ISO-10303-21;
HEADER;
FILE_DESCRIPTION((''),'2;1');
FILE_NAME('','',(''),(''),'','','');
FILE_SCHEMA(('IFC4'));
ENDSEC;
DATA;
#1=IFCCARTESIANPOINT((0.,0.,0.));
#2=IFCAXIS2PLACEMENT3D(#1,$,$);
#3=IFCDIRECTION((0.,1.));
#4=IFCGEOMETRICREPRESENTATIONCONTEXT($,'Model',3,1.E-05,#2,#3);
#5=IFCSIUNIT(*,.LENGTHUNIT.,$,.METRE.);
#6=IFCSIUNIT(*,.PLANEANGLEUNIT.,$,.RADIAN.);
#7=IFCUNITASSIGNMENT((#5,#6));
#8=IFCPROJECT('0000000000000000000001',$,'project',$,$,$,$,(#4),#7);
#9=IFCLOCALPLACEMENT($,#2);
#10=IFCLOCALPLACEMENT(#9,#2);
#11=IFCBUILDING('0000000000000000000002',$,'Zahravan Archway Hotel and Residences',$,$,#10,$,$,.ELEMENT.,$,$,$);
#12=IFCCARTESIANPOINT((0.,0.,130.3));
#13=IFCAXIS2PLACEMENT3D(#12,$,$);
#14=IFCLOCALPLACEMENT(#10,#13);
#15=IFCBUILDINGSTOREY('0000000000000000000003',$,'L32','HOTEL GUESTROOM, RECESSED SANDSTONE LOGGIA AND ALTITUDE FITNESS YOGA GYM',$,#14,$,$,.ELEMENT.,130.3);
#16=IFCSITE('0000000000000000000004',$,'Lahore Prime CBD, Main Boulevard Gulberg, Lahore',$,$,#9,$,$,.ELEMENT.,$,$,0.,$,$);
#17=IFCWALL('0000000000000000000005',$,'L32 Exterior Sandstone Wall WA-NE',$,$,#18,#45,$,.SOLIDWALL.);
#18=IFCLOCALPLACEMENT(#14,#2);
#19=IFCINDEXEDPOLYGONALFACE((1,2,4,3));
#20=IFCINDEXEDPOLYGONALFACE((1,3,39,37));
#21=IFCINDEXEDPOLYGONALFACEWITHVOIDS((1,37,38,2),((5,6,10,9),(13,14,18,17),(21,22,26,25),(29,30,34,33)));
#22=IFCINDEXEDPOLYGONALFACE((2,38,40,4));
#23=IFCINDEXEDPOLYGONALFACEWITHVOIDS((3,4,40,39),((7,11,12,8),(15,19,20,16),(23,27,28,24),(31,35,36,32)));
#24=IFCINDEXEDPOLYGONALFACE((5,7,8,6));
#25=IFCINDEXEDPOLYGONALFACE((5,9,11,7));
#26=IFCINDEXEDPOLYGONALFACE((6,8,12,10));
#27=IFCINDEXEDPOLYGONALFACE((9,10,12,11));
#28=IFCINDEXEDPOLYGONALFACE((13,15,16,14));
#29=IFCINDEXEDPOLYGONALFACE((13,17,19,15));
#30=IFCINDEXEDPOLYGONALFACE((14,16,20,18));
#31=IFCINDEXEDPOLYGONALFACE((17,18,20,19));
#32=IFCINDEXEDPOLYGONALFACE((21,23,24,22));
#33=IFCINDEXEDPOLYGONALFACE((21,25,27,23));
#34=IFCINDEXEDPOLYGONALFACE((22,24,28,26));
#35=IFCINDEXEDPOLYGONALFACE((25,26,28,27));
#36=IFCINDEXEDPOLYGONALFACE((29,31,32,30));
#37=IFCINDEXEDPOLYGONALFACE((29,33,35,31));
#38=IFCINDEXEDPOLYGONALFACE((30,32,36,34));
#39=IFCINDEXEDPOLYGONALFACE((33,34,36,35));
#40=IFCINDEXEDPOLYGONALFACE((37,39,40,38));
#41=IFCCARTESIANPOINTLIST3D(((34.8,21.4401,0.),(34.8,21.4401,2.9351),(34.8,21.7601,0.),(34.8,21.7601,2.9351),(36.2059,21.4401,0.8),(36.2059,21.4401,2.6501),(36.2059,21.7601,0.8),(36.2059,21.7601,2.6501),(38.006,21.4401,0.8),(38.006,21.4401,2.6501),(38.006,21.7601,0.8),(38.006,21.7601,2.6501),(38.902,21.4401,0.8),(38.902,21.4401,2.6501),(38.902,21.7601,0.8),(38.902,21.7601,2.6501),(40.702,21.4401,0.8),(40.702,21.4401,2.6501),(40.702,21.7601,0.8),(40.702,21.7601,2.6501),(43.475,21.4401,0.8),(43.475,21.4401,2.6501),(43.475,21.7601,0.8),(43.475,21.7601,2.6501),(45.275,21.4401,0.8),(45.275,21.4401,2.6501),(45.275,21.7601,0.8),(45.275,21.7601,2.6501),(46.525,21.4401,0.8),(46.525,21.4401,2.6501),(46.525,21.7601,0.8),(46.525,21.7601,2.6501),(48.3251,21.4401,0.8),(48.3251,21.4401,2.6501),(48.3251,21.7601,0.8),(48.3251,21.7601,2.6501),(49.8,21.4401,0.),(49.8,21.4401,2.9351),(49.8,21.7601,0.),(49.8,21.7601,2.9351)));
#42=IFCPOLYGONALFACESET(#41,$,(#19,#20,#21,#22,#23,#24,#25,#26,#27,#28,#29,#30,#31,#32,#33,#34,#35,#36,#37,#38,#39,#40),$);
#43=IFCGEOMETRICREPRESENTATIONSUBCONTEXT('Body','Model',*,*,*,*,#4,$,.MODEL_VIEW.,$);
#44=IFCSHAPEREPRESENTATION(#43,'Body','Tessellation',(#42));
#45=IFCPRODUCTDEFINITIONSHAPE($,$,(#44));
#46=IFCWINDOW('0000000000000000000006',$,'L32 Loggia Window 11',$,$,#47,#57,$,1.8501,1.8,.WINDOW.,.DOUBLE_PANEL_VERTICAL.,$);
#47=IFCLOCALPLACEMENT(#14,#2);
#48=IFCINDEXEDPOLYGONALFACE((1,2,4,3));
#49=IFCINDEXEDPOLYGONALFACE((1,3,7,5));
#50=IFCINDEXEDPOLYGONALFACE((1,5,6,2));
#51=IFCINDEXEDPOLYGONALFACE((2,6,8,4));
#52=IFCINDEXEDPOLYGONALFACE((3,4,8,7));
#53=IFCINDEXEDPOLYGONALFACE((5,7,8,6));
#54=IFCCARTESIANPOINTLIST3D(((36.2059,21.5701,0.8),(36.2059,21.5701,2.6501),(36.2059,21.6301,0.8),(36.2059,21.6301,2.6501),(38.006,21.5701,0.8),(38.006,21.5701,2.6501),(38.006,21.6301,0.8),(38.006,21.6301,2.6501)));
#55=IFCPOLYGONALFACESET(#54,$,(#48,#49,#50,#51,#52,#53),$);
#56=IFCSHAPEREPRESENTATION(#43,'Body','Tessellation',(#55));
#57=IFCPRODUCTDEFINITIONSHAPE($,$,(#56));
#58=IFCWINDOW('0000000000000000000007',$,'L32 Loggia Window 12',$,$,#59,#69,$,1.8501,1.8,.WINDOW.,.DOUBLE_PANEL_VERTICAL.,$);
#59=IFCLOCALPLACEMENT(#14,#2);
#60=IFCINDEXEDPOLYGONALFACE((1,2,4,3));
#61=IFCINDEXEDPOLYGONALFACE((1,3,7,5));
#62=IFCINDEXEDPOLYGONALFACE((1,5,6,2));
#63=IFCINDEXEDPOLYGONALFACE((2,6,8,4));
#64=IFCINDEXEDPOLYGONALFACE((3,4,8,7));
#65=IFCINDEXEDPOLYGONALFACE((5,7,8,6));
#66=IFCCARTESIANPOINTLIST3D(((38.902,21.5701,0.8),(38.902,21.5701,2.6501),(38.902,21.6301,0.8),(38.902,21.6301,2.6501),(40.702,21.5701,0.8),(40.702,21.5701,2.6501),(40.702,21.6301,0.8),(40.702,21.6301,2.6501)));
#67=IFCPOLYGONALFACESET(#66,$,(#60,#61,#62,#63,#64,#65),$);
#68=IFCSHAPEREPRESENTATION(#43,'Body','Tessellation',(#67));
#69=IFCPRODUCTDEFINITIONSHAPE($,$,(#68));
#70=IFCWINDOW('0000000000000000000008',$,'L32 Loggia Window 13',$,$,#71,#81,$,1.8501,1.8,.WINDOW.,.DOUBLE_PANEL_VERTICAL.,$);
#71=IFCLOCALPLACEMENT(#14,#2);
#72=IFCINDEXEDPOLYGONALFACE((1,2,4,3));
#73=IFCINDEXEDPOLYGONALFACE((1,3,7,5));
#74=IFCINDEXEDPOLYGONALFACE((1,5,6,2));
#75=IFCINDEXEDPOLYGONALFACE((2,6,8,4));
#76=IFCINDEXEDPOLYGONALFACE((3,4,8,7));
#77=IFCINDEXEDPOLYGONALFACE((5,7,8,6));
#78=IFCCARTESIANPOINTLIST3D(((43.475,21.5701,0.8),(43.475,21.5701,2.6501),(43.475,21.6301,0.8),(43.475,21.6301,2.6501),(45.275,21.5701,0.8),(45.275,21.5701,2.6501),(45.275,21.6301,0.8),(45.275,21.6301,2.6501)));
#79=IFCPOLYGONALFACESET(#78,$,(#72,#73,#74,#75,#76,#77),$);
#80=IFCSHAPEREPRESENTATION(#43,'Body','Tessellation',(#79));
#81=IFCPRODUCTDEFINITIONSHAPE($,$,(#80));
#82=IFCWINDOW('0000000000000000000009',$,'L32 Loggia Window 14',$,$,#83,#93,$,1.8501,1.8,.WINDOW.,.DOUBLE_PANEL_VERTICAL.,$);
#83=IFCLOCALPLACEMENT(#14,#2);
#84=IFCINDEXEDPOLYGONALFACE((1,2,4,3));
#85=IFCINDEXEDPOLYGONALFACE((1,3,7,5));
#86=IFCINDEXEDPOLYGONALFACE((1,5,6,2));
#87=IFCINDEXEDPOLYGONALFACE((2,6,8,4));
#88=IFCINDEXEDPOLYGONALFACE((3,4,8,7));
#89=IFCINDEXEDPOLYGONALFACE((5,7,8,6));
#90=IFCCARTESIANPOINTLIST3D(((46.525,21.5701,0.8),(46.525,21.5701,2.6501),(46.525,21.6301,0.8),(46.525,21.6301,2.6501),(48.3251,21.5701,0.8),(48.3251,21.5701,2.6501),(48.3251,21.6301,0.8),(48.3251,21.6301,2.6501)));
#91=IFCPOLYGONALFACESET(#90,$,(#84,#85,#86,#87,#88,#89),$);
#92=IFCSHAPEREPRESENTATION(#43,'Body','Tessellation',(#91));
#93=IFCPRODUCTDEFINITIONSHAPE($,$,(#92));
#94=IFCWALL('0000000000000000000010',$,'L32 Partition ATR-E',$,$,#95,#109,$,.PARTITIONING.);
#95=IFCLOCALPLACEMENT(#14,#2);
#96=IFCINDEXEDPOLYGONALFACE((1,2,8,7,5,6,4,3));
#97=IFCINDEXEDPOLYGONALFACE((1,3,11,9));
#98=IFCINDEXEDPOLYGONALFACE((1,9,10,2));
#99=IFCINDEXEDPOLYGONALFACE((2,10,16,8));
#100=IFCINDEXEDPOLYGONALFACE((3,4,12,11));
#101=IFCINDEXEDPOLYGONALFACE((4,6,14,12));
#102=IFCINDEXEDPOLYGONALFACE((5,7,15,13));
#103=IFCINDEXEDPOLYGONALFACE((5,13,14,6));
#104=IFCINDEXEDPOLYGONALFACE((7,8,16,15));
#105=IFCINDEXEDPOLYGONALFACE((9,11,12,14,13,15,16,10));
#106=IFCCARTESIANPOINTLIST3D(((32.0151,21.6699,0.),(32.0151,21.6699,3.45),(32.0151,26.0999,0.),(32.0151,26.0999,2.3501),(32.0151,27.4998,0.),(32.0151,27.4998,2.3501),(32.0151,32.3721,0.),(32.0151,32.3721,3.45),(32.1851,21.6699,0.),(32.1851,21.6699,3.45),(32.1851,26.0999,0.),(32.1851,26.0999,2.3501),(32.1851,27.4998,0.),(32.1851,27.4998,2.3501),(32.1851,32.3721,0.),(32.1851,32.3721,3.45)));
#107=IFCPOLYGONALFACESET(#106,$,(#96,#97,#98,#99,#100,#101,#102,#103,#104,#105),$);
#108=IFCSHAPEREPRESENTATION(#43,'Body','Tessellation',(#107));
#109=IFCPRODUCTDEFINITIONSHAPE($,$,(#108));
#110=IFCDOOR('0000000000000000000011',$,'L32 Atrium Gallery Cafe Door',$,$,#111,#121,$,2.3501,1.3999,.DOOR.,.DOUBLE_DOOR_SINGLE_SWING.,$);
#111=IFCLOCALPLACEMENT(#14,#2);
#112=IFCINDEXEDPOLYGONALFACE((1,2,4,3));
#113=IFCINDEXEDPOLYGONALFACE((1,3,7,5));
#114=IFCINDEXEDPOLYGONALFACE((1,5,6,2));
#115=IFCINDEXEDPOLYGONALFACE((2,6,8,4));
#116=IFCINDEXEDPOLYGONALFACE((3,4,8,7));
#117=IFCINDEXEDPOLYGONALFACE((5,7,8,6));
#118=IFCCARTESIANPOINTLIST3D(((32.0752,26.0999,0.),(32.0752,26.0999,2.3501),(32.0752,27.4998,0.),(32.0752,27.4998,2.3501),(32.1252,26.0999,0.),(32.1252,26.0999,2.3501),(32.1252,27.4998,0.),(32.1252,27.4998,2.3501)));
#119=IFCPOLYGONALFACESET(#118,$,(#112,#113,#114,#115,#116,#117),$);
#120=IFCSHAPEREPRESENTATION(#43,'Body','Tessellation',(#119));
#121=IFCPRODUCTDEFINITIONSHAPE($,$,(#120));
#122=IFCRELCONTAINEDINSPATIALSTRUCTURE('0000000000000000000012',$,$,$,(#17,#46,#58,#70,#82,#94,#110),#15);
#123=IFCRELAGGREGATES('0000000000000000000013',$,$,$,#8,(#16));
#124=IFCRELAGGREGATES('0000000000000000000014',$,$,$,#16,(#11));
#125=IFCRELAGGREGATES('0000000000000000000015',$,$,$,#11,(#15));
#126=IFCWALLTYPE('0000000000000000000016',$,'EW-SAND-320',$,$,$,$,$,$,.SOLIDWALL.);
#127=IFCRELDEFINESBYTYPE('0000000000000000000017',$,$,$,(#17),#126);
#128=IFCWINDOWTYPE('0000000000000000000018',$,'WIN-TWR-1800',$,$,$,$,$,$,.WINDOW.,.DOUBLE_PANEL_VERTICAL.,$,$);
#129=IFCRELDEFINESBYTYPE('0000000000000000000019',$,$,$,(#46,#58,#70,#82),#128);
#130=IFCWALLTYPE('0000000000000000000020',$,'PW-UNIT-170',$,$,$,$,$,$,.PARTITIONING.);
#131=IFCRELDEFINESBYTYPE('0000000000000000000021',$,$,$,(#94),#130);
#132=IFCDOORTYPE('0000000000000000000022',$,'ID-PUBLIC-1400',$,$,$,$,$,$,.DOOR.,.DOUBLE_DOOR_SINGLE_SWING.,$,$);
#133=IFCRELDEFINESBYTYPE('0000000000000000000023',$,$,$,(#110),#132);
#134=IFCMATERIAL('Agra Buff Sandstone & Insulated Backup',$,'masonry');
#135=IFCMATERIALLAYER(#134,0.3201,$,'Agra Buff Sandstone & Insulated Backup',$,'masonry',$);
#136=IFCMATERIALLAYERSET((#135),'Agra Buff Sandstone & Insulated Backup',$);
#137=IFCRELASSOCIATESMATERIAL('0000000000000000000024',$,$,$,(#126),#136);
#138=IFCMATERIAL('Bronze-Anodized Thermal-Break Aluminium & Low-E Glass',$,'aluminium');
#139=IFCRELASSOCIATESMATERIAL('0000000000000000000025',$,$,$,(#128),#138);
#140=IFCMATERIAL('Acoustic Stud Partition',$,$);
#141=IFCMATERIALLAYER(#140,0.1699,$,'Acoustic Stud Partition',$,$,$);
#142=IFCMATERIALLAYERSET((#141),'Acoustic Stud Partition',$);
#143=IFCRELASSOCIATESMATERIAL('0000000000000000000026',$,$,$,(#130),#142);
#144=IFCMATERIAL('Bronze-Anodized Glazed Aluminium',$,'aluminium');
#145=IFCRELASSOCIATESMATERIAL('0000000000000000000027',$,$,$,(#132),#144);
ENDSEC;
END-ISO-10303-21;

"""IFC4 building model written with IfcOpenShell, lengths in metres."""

from ifc_helpers import new_model, si_unit, direction, frame, frame_2d, origin, place, context, subcontext, project, spatial, rectangle, extrude, source, transform, mapped, material, layer, layer_set, type_object, type_shapes, element, fill, save


model = new_model("IFC4")

# Units and contexts
model_context = context("Model", 3, precision=1e-05, world=origin(), true_north=direction((0.0, 1.0)))
body_context = subcontext(model_context, "Body", "Model", "MODEL_VIEW")
ifc_project = project(units=[si_unit("LENGTHUNIT", "METRE"), si_unit("PLANEANGLEUNIT", "RADIAN")], contexts=[model_context])

# Site, building, storey
site_placement = place(None, origin())
site = spatial("IfcSite", under=ifc_project, at=site_placement, Name="Lahore Prime CBD, Main Boulevard Gulberg, Lahore", CompositionType="ELEMENT", RefElevation=0.0)
building_placement = place(site_placement, origin())
building = spatial("IfcBuilding", under=site, at=building_placement, Name="Zahravan Archway Hotel and Residences", CompositionType="ELEMENT")
storey_placement = place(building_placement, frame((0.0, 0.0, 130.3)))
storey = spatial("IfcBuildingStorey", under=building, at=storey_placement, Name="L32", Description="HOTEL GUESTROOM, RECESSED SANDSTONE LOGGIA AND ALTITUDE FITNESS YOGA GYM", CompositionType="ELEMENT", Elevation=130.3)

# Wall, openings, windows
ifc_material_1 = material(Name="Agra Buff Sandstone & Insulated Backup", Category="masonry")
ifc_layer_1 = layer(ifc_material_1, 0.3201, Name="Agra Buff Sandstone & Insulated Backup", Category="masonry")
ifc_layer_set_1 = layer_set([ifc_layer_1], Name="Agra Buff Sandstone & Insulated Backup")
wall_type_1 = type_object("IfcWallType", Name="EW-SAND-320", PredefinedType="SOLIDWALL", material=ifc_layer_set_1)
wall_1_placement = place(storey_placement, frame((34.8, 21.6001, 0.0), z_axis=(0.0, 0.0, 1.0), x_axis=(1.0, 0.0, 0.0)))
wall_1 = element("IfcWall", 1, at=wall_1_placement, inside=storey, type_object=wall_type_1, Name="L32 Exterior Sandstone Wall WA-NE", PredefinedType="SOLIDWALL", context=body_context, shape_type="SweptSolid", body=[
    extrude(rectangle(XDim=15.0, YDim=0.3201, at=frame_2d((7.5, 0.0))), origin(), (0.0, 0.0, 1.0), 2.9351),
])
opening_1_placement = place(wall_1_placement, frame((1.406, 0.0, 0.8)))
opening_1 = element("IfcOpeningElement", 2, at=opening_1_placement, cuts=wall_1, PredefinedType="OPENING", context=body_context, shape_type="SweptSolid", body=[
    extrude(rectangle(XDim=1.8, YDim=1.8501, at=frame_2d((0.8999, 0.925))), frame((0.0, 0.1699, 0.0), z_axis=(0.0, -1.0, 0.0), x_axis=(1.0, 0.0, 0.0)), (0.0, 0.0, 1.0), 0.3401),
])
opening_2_placement = place(wall_1_placement, frame((4.1021, 0.0, 0.8)))
opening_2 = element("IfcOpeningElement", 3, at=opening_2_placement, cuts=wall_1, PredefinedType="OPENING", context=body_context, shape_type="SweptSolid", body=[
    extrude(rectangle(XDim=1.8, YDim=1.8501, at=frame_2d((0.8999, 0.925))), frame((0.0, 0.1699, 0.0), z_axis=(0.0, -1.0, 0.0), x_axis=(1.0, 0.0, 0.0)), (0.0, 0.0, 1.0), 0.3401),
])
opening_3_placement = place(wall_1_placement, frame((8.675, 0.0, 0.8)))
opening_3 = element("IfcOpeningElement", 4, at=opening_3_placement, cuts=wall_1, PredefinedType="OPENING", context=body_context, shape_type="SweptSolid", body=[
    extrude(rectangle(XDim=1.8, YDim=1.8501, at=frame_2d((0.8999, 0.925))), frame((0.0, 0.1699, 0.0), z_axis=(0.0, -1.0, 0.0), x_axis=(1.0, 0.0, 0.0)), (0.0, 0.0, 1.0), 0.3401),
])
opening_4_placement = place(wall_1_placement, frame((11.7251, 0.0, 0.8)))
opening_4 = element("IfcOpeningElement", 5, at=opening_4_placement, cuts=wall_1, PredefinedType="OPENING", context=body_context, shape_type="SweptSolid", body=[
    extrude(rectangle(XDim=1.8, YDim=1.8501, at=frame_2d((0.8999, 0.925))), frame((0.0, 0.1699, 0.0), z_axis=(0.0, -1.0, 0.0), x_axis=(1.0, 0.0, 0.0)), (0.0, 0.0, 1.0), 0.3401),
])
ifc_material_2 = material(Name="Bronze-Anodized Thermal-Break Aluminium & Low-E Glass", Category="aluminium")
window_type = type_object("IfcWindowType", Name="WIN-TWR-1800", PartitioningType="DOUBLE_PANEL_VERTICAL", PredefinedType="WINDOW", material=ifc_material_2)
shared_shape_1 = source(origin(), body_context, "Body", "SweptSolid", [
    extrude(rectangle(XDim=1.8, YDim=1.8501, at=frame_2d((0.8999, 0.925))), frame((0.0, 0.03, 0.0), z_axis=(0.0, -1.0, 0.0), x_axis=(1.0, 0.0, 0.0)), (0.0, 0.0, 1.0), 0.0601),
])
type_shapes(window_type, [shared_shape_1])
window_1_placement = place(opening_1_placement, origin())
window_1 = element("IfcWindow", 6, at=window_1_placement, inside=storey, type_object=window_type, Name="L32 Loggia Window 11", OverallHeight=1.8501, OverallWidth=1.8, PartitioningType="DOUBLE_PANEL_VERTICAL", PredefinedType="WINDOW", context=body_context, shape_type="MappedRepresentation", body=[
    mapped(shared_shape_1, transform((0.0, 0.0, 0.0), scale=1.0)),
])
fill(opening_1, window_1)
window_2_placement = place(opening_2_placement, origin())
window_2 = element("IfcWindow", 7, at=window_2_placement, inside=storey, type_object=window_type, Name="L32 Loggia Window 12", OverallHeight=1.8501, OverallWidth=1.8, PartitioningType="DOUBLE_PANEL_VERTICAL", PredefinedType="WINDOW", context=body_context, shape_type="MappedRepresentation", body=[
    mapped(shared_shape_1, transform((0.0, 0.0, 0.0), scale=1.0)),
])
fill(opening_2, window_2)
window_3_placement = place(opening_3_placement, origin())
window_3 = element("IfcWindow", 8, at=window_3_placement, inside=storey, type_object=window_type, Name="L32 Loggia Window 13", OverallHeight=1.8501, OverallWidth=1.8, PartitioningType="DOUBLE_PANEL_VERTICAL", PredefinedType="WINDOW", context=body_context, shape_type="MappedRepresentation", body=[
    mapped(shared_shape_1, transform((0.0, 0.0, 0.0), scale=1.0)),
])
fill(opening_3, window_3)
window_4_placement = place(opening_4_placement, origin())
window_4 = element("IfcWindow", 9, at=window_4_placement, inside=storey, type_object=window_type, Name="L32 Loggia Window 14", OverallHeight=1.8501, OverallWidth=1.8, PartitioningType="DOUBLE_PANEL_VERTICAL", PredefinedType="WINDOW", context=body_context, shape_type="MappedRepresentation", body=[
    mapped(shared_shape_1, transform((0.0, 0.0, 0.0), scale=1.0)),
])
fill(opening_4, window_4)

# Wall, opening, door
ifc_material_3 = material(Name="Acoustic Stud Partition")
ifc_layer_2 = layer(ifc_material_3, 0.1699, Name="Acoustic Stud Partition")
ifc_layer_set_2 = layer_set([ifc_layer_2], Name="Acoustic Stud Partition")
wall_type_2 = type_object("IfcWallType", Name="PW-UNIT-170", PredefinedType="PARTITIONING", material=ifc_layer_set_2)
wall_2_placement = place(storey_placement, frame((32.1001, 21.6699, 0.0), z_axis=(0.0, 0.0, 1.0), x_axis=(0.0, 1.0, 0.0)))
wall_2 = element("IfcWall", 10, at=wall_2_placement, inside=storey, type_object=wall_type_2, Name="L32 Partition ATR-E", PredefinedType="PARTITIONING", context=body_context, shape_type="SweptSolid", body=[
    extrude(rectangle(XDim=10.7021, YDim=0.1699, at=frame_2d((5.3511, 0.0))), origin(), (0.0, 0.0, 1.0), 3.45),
])
opening_5_placement = place(wall_2_placement, frame((4.4299, 0.0, 0.0)))
opening_5 = element("IfcOpeningElement", 11, at=opening_5_placement, cuts=wall_2, PredefinedType="OPENING", context=body_context, shape_type="SweptSolid", body=[
    extrude(rectangle(XDim=1.3999, YDim=2.3501, at=frame_2d((0.7, 1.175))), frame((0.0, 0.095, 0.0), z_axis=(0.0, -1.0, 0.0), x_axis=(1.0, 0.0, 0.0)), (0.0, 0.0, 1.0), 0.1899),
])
ifc_material_4 = material(Name="Bronze-Anodized Glazed Aluminium", Category="aluminium")
door_type = type_object("IfcDoorType", Name="ID-PUBLIC-1400", OperationType="DOUBLE_DOOR_SINGLE_SWING", PredefinedType="DOOR", material=ifc_material_4)
shared_shape_2 = source(origin(), body_context, "Body", "SweptSolid", [
    extrude(rectangle(XDim=1.3999, YDim=2.3501, at=frame_2d((0.7, 1.175))), frame((0.0, 0.0249, 0.0), z_axis=(0.0, -1.0, 0.0), x_axis=(1.0, 0.0, 0.0)), (0.0, 0.0, 1.0), 0.05),
])
type_shapes(door_type, [shared_shape_2])
door_placement = place(opening_5_placement, origin())
door = element("IfcDoor", 12, at=door_placement, inside=storey, type_object=door_type, Name="L32 Atrium Gallery Cafe Door", OperationType="DOUBLE_DOOR_SINGLE_SWING", OverallHeight=2.3501, OverallWidth=1.3999, PredefinedType="DOOR", context=body_context, shape_type="MappedRepresentation", body=[
    mapped(shared_shape_2, transform((0.0, 0.0, 0.0), scale=1.0)),
])
fill(opening_5, door)

save(model, "model.ifc")
